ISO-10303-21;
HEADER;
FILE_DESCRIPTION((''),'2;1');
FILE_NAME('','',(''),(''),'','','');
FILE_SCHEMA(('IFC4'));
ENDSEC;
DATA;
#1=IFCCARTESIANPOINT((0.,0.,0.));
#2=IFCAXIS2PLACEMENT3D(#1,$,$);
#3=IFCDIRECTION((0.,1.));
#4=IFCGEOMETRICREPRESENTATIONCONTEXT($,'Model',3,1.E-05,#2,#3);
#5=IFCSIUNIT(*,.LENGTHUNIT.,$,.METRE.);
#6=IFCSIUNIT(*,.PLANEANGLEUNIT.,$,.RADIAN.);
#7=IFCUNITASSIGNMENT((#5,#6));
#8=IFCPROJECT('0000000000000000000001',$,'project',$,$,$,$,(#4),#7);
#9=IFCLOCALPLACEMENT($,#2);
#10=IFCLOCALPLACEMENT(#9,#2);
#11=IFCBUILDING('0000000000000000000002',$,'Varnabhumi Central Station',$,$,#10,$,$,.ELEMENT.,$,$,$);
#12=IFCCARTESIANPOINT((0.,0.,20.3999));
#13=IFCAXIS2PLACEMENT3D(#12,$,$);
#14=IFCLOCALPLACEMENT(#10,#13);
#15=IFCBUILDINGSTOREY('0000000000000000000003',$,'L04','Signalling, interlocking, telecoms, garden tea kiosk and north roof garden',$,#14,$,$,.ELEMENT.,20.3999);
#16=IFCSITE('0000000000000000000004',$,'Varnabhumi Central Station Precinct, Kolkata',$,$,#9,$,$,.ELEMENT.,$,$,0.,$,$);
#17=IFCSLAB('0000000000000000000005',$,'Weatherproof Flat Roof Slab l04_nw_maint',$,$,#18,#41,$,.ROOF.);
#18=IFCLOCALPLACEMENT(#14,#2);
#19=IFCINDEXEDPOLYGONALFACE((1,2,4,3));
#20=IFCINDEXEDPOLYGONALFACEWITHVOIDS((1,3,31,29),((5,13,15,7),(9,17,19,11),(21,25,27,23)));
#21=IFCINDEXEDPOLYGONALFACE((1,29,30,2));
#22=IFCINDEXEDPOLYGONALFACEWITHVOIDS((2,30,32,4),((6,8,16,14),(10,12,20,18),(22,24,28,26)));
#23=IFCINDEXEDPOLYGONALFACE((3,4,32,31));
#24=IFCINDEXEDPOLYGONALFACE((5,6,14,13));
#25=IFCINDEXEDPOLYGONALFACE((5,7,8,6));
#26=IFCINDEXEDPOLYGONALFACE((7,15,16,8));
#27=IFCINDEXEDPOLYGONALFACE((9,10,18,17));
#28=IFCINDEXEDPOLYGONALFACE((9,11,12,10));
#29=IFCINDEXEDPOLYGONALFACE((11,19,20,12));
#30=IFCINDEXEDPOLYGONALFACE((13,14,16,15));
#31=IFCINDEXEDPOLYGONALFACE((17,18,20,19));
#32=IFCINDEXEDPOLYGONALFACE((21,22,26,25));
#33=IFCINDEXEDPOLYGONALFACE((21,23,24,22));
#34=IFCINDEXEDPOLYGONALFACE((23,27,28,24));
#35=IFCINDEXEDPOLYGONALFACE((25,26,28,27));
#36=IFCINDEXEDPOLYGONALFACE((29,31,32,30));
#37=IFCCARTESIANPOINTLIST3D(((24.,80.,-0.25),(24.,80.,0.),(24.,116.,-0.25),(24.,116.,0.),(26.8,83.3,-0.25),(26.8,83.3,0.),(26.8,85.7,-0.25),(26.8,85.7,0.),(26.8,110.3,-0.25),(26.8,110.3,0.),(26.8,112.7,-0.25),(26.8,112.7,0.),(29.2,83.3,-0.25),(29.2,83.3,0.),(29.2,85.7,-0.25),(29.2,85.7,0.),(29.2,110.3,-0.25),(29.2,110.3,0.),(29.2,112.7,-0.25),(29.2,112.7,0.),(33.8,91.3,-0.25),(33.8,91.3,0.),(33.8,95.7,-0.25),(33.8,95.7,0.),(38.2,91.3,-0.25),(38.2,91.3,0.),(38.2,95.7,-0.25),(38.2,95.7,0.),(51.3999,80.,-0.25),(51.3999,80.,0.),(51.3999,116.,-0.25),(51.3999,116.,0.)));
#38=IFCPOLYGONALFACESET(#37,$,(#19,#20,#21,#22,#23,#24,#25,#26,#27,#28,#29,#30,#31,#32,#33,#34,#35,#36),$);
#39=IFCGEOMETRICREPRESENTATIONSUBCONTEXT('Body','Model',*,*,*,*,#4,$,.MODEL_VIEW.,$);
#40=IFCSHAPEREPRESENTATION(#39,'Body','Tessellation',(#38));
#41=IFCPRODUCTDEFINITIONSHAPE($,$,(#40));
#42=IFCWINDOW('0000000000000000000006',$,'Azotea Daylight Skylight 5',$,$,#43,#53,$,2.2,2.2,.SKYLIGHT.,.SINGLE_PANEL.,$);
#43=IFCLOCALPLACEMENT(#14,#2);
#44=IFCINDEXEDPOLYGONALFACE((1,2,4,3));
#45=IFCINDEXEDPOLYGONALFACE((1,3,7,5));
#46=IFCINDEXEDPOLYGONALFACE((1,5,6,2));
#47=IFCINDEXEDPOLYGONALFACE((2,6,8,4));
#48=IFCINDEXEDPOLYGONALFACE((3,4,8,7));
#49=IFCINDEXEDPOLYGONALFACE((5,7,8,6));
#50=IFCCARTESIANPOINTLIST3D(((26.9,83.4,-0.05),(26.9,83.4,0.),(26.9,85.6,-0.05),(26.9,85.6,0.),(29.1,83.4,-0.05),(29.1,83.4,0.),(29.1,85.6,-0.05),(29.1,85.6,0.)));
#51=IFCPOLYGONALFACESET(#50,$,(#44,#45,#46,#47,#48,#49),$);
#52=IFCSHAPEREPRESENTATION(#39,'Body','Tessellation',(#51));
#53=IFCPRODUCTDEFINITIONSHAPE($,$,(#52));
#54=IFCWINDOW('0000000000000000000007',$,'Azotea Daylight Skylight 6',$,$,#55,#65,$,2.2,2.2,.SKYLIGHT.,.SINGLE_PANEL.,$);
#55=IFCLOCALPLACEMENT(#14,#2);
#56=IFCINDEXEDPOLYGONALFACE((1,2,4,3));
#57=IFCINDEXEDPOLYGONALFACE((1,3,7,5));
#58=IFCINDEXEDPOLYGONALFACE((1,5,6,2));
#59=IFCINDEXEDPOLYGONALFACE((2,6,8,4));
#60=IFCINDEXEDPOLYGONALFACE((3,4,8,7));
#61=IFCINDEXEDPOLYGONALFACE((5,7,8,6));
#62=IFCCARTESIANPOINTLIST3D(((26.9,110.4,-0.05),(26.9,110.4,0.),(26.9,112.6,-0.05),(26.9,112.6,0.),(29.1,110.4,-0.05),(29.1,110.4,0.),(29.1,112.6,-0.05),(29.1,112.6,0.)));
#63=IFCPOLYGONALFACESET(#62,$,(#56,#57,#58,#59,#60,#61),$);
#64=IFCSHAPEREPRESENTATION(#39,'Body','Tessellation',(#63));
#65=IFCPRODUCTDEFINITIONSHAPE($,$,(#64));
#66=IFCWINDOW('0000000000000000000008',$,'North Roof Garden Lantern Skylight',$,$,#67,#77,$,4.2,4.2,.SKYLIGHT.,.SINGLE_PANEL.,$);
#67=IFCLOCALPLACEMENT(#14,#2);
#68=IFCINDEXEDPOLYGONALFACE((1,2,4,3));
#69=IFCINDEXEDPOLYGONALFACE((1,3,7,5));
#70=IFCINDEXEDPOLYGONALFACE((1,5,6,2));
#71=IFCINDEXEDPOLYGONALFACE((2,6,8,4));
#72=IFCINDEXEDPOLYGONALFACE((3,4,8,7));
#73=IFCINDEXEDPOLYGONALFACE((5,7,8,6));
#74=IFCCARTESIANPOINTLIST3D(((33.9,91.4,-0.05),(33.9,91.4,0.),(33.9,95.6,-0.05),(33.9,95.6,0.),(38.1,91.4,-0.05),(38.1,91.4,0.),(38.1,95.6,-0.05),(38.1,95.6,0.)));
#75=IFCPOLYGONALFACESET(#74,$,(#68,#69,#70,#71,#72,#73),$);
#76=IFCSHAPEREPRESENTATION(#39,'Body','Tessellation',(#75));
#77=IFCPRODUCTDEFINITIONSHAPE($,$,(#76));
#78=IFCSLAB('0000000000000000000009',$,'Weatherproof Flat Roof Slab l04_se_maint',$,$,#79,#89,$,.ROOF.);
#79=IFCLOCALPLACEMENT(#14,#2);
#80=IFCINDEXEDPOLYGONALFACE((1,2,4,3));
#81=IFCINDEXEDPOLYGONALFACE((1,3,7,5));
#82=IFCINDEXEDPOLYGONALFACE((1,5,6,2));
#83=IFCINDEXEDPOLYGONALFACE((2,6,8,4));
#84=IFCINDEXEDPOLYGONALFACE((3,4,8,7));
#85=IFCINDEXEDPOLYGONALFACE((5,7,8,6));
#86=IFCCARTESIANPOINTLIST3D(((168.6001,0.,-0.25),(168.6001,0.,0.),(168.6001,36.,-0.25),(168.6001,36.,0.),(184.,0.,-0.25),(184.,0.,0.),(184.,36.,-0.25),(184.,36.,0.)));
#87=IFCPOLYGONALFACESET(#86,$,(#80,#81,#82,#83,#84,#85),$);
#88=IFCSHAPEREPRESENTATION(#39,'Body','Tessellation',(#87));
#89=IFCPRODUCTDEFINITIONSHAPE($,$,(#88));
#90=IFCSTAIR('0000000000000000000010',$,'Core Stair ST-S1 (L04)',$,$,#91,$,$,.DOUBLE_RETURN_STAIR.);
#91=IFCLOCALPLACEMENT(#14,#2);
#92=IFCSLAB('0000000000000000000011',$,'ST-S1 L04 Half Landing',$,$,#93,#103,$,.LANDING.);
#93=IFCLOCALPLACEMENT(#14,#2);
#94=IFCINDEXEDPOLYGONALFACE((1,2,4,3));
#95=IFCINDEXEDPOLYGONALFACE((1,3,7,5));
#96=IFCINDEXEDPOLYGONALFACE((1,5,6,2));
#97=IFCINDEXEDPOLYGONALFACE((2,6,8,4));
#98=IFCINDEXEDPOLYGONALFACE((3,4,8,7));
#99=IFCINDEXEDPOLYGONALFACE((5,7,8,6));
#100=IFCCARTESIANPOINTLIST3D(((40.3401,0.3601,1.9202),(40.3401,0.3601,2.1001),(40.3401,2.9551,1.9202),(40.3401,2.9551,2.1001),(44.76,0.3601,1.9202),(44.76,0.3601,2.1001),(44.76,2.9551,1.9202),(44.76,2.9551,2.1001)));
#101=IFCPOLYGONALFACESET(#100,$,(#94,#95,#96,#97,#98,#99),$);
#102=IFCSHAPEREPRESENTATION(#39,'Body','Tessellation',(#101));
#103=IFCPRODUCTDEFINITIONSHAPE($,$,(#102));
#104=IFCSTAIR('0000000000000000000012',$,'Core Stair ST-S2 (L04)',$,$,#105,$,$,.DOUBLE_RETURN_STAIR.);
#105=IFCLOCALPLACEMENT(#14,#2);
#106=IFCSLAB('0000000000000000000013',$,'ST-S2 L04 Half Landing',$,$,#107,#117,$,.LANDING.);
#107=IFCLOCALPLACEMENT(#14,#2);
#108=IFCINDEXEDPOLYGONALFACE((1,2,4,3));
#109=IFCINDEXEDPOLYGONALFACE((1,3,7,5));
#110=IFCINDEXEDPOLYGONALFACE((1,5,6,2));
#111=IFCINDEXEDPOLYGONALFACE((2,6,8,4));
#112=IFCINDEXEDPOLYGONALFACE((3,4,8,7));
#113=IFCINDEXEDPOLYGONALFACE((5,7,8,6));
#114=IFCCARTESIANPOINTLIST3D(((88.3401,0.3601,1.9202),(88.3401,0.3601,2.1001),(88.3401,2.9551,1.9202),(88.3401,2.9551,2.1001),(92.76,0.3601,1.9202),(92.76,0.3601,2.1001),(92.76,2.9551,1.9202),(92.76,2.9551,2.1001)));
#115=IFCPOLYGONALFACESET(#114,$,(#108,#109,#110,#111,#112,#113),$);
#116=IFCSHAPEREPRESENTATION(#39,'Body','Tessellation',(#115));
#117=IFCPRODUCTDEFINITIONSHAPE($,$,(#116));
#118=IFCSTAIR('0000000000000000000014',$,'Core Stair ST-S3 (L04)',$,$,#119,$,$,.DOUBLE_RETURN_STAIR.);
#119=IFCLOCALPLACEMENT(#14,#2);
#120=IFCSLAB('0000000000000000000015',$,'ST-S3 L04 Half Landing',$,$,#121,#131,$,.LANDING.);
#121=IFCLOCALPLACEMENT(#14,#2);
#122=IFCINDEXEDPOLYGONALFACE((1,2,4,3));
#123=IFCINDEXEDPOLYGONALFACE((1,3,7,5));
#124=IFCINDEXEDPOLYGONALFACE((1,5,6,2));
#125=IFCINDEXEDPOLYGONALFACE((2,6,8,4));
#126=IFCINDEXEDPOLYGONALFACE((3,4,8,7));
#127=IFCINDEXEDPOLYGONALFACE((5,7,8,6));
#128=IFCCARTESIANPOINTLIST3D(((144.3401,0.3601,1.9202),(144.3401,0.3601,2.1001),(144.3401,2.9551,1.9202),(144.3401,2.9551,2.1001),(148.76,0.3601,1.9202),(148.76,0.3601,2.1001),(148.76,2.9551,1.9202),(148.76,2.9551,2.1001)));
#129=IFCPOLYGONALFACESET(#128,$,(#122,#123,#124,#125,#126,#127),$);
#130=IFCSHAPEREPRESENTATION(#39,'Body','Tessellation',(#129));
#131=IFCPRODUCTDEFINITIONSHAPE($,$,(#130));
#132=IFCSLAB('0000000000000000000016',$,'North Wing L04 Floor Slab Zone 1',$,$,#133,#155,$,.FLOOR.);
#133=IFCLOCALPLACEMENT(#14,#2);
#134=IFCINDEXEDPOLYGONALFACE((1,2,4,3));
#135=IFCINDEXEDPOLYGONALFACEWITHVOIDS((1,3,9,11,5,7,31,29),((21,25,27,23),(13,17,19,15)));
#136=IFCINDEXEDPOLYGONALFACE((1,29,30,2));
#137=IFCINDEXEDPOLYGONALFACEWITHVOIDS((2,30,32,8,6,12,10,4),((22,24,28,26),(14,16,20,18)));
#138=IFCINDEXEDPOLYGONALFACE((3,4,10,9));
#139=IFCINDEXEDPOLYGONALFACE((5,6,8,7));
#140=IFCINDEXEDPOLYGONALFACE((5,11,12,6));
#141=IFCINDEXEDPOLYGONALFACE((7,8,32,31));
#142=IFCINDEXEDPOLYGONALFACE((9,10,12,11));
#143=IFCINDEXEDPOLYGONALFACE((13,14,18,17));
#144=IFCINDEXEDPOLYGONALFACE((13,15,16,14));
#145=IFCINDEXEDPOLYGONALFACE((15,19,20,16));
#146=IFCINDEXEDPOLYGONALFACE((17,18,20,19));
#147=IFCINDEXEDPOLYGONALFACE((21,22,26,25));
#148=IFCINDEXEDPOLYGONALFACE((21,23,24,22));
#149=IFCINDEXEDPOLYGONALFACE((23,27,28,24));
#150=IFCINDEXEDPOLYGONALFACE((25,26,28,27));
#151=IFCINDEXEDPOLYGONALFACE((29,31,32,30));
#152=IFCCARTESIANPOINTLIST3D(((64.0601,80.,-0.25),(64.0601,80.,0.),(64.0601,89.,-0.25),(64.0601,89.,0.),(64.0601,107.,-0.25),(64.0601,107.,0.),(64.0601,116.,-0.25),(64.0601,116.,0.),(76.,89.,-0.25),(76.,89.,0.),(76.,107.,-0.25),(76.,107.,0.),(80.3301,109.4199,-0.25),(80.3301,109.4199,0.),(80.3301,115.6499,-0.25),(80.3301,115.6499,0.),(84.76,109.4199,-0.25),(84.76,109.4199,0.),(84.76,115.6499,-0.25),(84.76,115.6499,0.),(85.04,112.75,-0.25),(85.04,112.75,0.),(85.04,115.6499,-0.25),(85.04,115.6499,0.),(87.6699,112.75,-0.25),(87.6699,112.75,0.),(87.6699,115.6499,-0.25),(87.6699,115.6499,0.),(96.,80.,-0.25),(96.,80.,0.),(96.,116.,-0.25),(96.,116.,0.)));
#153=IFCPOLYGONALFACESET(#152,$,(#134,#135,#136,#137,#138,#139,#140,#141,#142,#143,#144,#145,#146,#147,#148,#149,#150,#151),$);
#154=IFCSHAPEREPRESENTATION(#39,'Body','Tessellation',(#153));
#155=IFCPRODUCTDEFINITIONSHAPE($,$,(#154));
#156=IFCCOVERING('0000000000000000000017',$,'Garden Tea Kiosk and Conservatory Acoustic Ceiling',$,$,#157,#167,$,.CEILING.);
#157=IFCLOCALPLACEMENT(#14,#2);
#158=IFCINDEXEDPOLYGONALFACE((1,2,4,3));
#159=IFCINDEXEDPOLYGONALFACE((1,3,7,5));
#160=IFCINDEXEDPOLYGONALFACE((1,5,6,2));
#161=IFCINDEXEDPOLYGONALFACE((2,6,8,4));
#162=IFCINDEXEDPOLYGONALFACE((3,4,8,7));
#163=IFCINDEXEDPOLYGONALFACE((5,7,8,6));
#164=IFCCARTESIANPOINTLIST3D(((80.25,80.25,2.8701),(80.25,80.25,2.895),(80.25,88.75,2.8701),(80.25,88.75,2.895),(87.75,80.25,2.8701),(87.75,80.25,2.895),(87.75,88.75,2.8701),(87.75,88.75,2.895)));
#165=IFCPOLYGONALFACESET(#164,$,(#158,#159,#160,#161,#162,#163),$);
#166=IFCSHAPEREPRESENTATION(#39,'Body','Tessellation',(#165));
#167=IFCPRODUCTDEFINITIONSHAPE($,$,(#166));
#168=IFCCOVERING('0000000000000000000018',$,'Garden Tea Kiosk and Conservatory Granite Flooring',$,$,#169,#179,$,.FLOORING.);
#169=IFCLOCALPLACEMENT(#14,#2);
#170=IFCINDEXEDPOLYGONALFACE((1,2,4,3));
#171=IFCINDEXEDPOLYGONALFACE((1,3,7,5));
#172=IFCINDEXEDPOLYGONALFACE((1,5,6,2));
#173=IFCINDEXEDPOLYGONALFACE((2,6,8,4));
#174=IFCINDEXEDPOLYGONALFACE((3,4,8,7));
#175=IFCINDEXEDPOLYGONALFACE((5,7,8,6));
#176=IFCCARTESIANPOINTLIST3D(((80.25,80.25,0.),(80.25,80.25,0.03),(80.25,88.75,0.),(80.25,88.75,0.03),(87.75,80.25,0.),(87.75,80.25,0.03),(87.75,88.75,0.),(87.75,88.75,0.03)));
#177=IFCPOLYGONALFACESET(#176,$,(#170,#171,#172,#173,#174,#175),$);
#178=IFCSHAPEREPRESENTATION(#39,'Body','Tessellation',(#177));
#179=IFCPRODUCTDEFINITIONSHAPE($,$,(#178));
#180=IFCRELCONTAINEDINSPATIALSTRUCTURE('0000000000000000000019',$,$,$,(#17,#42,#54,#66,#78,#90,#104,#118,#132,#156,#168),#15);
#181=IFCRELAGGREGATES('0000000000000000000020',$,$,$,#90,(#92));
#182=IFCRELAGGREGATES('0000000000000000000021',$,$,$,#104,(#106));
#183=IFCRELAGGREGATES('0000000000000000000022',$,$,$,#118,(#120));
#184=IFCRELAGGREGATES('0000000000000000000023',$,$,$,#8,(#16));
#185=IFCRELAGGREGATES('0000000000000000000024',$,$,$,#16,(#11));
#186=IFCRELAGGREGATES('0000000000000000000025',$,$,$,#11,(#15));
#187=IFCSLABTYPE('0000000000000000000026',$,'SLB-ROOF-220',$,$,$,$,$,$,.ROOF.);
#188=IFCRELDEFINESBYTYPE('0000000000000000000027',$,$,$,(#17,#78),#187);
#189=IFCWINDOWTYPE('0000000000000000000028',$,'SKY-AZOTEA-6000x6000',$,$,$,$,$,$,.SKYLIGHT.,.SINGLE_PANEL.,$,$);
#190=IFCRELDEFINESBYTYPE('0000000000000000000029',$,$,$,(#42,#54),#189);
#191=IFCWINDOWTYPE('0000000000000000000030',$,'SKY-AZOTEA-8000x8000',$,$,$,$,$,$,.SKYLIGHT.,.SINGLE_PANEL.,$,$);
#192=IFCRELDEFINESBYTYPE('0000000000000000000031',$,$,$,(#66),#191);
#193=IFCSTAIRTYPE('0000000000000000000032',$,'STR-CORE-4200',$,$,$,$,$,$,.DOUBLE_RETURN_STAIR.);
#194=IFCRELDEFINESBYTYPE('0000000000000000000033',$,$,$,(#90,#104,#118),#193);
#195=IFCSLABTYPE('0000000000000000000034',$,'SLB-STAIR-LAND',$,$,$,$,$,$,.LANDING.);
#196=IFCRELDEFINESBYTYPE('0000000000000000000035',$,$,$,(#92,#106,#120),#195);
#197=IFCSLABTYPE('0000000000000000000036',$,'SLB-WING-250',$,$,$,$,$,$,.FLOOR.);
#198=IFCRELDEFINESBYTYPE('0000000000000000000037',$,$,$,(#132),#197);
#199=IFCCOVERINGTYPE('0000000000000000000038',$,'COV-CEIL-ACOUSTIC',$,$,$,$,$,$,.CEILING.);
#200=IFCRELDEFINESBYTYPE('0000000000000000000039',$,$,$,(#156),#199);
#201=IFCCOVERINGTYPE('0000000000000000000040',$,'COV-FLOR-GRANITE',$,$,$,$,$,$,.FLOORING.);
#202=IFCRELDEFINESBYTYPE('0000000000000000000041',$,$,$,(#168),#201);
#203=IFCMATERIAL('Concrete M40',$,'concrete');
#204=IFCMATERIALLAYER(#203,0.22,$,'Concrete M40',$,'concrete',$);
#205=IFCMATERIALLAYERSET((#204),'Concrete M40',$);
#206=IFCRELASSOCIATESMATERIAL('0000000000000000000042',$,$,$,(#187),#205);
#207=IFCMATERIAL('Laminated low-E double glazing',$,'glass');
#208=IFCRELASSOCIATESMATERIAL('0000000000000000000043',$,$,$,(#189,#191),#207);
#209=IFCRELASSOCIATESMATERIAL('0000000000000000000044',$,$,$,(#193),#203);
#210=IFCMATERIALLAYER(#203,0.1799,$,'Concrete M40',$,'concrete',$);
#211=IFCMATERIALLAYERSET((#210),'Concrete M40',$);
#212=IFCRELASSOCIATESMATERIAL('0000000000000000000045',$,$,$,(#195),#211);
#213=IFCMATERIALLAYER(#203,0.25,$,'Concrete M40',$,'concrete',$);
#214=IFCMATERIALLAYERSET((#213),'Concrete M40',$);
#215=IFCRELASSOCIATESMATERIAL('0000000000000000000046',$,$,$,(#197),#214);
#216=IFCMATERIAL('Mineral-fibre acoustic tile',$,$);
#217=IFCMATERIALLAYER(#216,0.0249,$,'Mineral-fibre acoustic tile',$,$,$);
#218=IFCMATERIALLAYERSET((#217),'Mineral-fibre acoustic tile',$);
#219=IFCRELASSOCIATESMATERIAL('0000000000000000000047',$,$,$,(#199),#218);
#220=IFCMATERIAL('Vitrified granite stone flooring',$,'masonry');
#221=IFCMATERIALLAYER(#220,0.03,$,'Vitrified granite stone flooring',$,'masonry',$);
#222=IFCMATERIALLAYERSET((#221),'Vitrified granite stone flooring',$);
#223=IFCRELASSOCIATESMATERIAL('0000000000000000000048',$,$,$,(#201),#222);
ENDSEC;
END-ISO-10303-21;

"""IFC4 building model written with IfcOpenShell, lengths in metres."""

from ifc_helpers import new_model, si_unit, direction, frame, origin, origin_2d, place, context, subcontext, project, spatial, polyline, rectangle, outline, extrude, material, layer, layer_set, type_object, element, fill, aggregate, save


model = new_model("IFC4")

# Units and contexts
model_context = context("Model", 3, precision=1e-05, world=origin(), true_north=direction((0.0, 1.0)))
body_context = subcontext(model_context, "Body", "Model", "MODEL_VIEW")
ifc_project = project(units=[si_unit("LENGTHUNIT", "METRE"), si_unit("PLANEANGLEUNIT", "RADIAN")], contexts=[model_context])

# Site, building, storey
site_placement = place(None, origin())
site = spatial("IfcSite", under=ifc_project, at=site_placement, Name="Varnabhumi Central Station Precinct, Kolkata", CompositionType="ELEMENT", RefElevation=0.0)
building_placement = place(site_placement, origin())
building = spatial("IfcBuilding", under=site, at=building_placement, Name="Varnabhumi Central Station", CompositionType="ELEMENT")
storey_placement = place(building_placement, frame((0.0, 0.0, 20.3999)))
storey = spatial("IfcBuildingStorey", under=building, at=storey_placement, Name="L04", Description="Signalling, interlocking, telecoms, garden tea kiosk and north roof garden", CompositionType="ELEMENT", Elevation=20.3999)

# Shared definitions
ifc_material_1 = material(Name="Concrete M40", Category="concrete")
ifc_layer_1 = layer(ifc_material_1, 0.22, Name="Concrete M40", Category="concrete")
ifc_layer_set_1 = layer_set([ifc_layer_1], Name="Concrete M40")
slab_type_1 = type_object("IfcSlabType", Name="SLB-ROOF-220", PredefinedType="ROOF", material=ifc_layer_set_1)

# Slab, openings, windows
slab_1_placement = place(storey_placement, frame((0.0, 0.0, -0.25)))
slab_1 = element("IfcSlab", 1, at=slab_1_placement, inside=storey, type_object=slab_type_1, Name="Weatherproof Flat Roof Slab l04_nw_maint", PredefinedType="ROOF", context=body_context, shape_type="SweptSolid", body=[
    extrude(outline(polyline([(24.0, 80.0), (51.3999, 80.0), (51.3999, 116.0), (24.0, 116.0), (24.0, 80.0)]), holes=[polyline([(33.8, 91.3), (38.2, 91.3), (38.2, 95.7), (33.8, 95.7), (33.8, 91.3)]), polyline([(26.8, 83.3), (29.2, 83.3), (29.2, 85.7), (26.8, 85.7), (26.8, 83.3)]), polyline([(26.8, 110.3), (29.2, 110.3), (29.2, 112.7), (26.8, 112.7), (26.8, 110.3)])]), origin(), (0.0, 0.0, 1.0), 0.25),
])
opening_1_placement = place(slab_1_placement, frame((36.0, 93.5, 0.0)))
opening_1 = element("IfcOpeningElement", 2, at=opening_1_placement, cuts=slab_1, PredefinedType="OPENING", context=body_context, shape_type="SweptSolid", body=[
    extrude(rectangle(XDim=4.2, YDim=4.2, at=origin_2d()), frame((0.0, 0.0, -0.01)), (0.0, 0.0, 1.0), 0.27),
])
opening_2_placement = place(slab_1_placement, frame((28.0, 84.5, 0.0)))
opening_2 = element("IfcOpeningElement", 3, at=opening_2_placement, cuts=slab_1, PredefinedType="OPENING", context=body_context, shape_type="SweptSolid", body=[
    extrude(rectangle(XDim=2.2, YDim=2.2, at=origin_2d()), frame((0.0, 0.0, -0.01)), (0.0, 0.0, 1.0), 0.27),
])
opening_3_placement = place(slab_1_placement, frame((28.0, 111.5, 0.0)))
opening_3 = element("IfcOpeningElement", 4, at=opening_3_placement, cuts=slab_1, PredefinedType="OPENING", context=body_context, shape_type="SweptSolid", body=[
    extrude(rectangle(XDim=2.2, YDim=2.2, at=origin_2d()), frame((0.0, 0.0, -0.01)), (0.0, 0.0, 1.0), 0.27),
])
ifc_material_2 = material(Name="Laminated low-E double glazing", Category="glass")
window_type_1 = type_object("IfcWindowType", Name="SKY-AZOTEA-6000x6000", PartitioningType="SINGLE_PANEL", PredefinedType="SKYLIGHT", material=ifc_material_2)
window_1_placement = place(opening_2_placement, frame((0.0, 0.0, 0.2)))
window_1 = element("IfcWindow", 5, at=window_1_placement, inside=storey, type_object=window_type_1, Name="Azotea Daylight Skylight 5", OverallHeight=2.2, OverallWidth=2.2, PartitioningType="SINGLE_PANEL", PredefinedType="SKYLIGHT", context=body_context, shape_type="SweptSolid", body=[
    extrude(rectangle(XDim=2.2, YDim=2.2, at=origin_2d()), origin(), (0.0, 0.0, 1.0), 0.05),
])
fill(opening_2, window_1)
window_2_placement = place(opening_3_placement, frame((0.0, 0.0, 0.2)))
window_2 = element("IfcWindow", 6, at=window_2_placement, inside=storey, type_object=window_type_1, Name="Azotea Daylight Skylight 6", OverallHeight=2.2, OverallWidth=2.2, PartitioningType="SINGLE_PANEL", PredefinedType="SKYLIGHT", context=body_context, shape_type="SweptSolid", body=[
    extrude(rectangle(XDim=2.2, YDim=2.2, at=origin_2d()), origin(), (0.0, 0.0, 1.0), 0.05),
])
fill(opening_3, window_2)
window_type_2 = type_object("IfcWindowType", Name="SKY-AZOTEA-8000x8000", PartitioningType="SINGLE_PANEL", PredefinedType="SKYLIGHT", material=ifc_material_2)
window_3_placement = place(opening_1_placement, frame((0.0, 0.0, 0.2)))
window_3 = element("IfcWindow", 7, at=window_3_placement, inside=storey, type_object=window_type_2, Name="North Roof Garden Lantern Skylight", OverallHeight=4.2, OverallWidth=4.2, PartitioningType="SINGLE_PANEL", PredefinedType="SKYLIGHT", context=body_context, shape_type="SweptSolid", body=[
    extrude(rectangle(XDim=4.2, YDim=4.2, at=origin_2d()), origin(), (0.0, 0.0, 1.0), 0.05),
])
fill(opening_1, window_3)

# Slab
slab_2_placement = place(storey_placement, frame((0.0, 0.0, -0.25)))
element("IfcSlab", 8, at=slab_2_placement, inside=storey, type_object=slab_type_1, Name="Weatherproof Flat Roof Slab l04_se_maint", PredefinedType="ROOF", context=body_context, shape_type="SweptSolid", body=[
    extrude(outline(polyline([(168.6001, 0.0), (184.0, 0.0), (184.0, 36.0), (168.6001, 36.0), (168.6001, 0.0)])), origin(), (0.0, 0.0, 1.0), 0.25),
])

# Stairs, slabs
stair_type = type_object("IfcStairType", Name="STR-CORE-4200", PredefinedType="DOUBLE_RETURN_STAIR", material=ifc_material_1)
stair_1_placement = place(storey_placement, origin())
stair_1 = element("IfcStair", 9, at=stair_1_placement, inside=storey, type_object=stair_type, Name="Core Stair ST-S1 (L04)", PredefinedType="DOUBLE_RETURN_STAIR")
ifc_layer_2 = layer(ifc_material_1, 0.1799, Name="Concrete M40", Category="concrete")
ifc_layer_set_2 = layer_set([ifc_layer_2], Name="Concrete M40")
slab_type_2 = type_object("IfcSlabType", Name="SLB-STAIR-LAND", PredefinedType="LANDING", material=ifc_layer_set_2)
slab_3_placement = place(storey_placement, frame((0.0, 0.0, 1.9202)))
slab_3 = element("IfcSlab", 10, at=slab_3_placement, type_object=slab_type_2, Name="ST-S1 L04 Half Landing", PredefinedType="LANDING", context=body_context, shape_type="SweptSolid", body=[
    extrude(outline(polyline([(40.3401, 0.3601), (44.76, 0.3601), (44.76, 2.9551), (40.3401, 2.9551), (40.3401, 0.3601)])), origin(), (0.0, 0.0, 1.0), 0.1799),
])
aggregate(stair_1, [slab_3])
stair_2_placement = place(storey_placement, origin())
stair_2 = element("IfcStair", 11, at=stair_2_placement, inside=storey, type_object=stair_type, Name="Core Stair ST-S2 (L04)", PredefinedType="DOUBLE_RETURN_STAIR")
slab_4_placement = place(storey_placement, frame((0.0, 0.0, 1.9202)))
slab_4 = element("IfcSlab", 12, at=slab_4_placement, type_object=slab_type_2, Name="ST-S2 L04 Half Landing", PredefinedType="LANDING", context=body_context, shape_type="SweptSolid", body=[
    extrude(outline(polyline([(88.3401, 0.3601), (92.76, 0.3601), (92.76, 2.9551), (88.3401, 2.9551), (88.3401, 0.3601)])), origin(), (0.0, 0.0, 1.0), 0.1799),
])
aggregate(stair_2, [slab_4])
stair_3_placement = place(storey_placement, origin())
stair_3 = element("IfcStair", 13, at=stair_3_placement, inside=storey, type_object=stair_type, Name="Core Stair ST-S3 (L04)", PredefinedType="DOUBLE_RETURN_STAIR")
slab_5_placement = place(storey_placement, frame((0.0, 0.0, 1.9202)))
slab_5 = element("IfcSlab", 14, at=slab_5_placement, type_object=slab_type_2, Name="ST-S3 L04 Half Landing", PredefinedType="LANDING", context=body_context, shape_type="SweptSolid", body=[
    extrude(outline(polyline([(144.3401, 0.3601), (148.76, 0.3601), (148.76, 2.9551), (144.3401, 2.9551), (144.3401, 0.3601)])), origin(), (0.0, 0.0, 1.0), 0.1799),
])
aggregate(stair_3, [slab_5])

# Slab
ifc_layer_3 = layer(ifc_material_1, 0.25, Name="Concrete M40", Category="concrete")
ifc_layer_set_3 = layer_set([ifc_layer_3], Name="Concrete M40")
slab_type_3 = type_object("IfcSlabType", Name="SLB-WING-250", PredefinedType="FLOOR", material=ifc_layer_set_3)
slab_6_placement = place(storey_placement, frame((0.0, 0.0, -0.25)))
element("IfcSlab", 15, at=slab_6_placement, inside=storey, type_object=slab_type_3, Name="North Wing L04 Floor Slab Zone 1", PredefinedType="FLOOR", context=body_context, shape_type="SweptSolid", body=[
    extrude(outline(polyline([(64.0601, 80.0), (96.0, 80.0), (96.0, 116.0), (64.0601, 116.0), (64.0601, 107.0), (76.0, 107.0), (76.0, 89.0), (64.0601, 89.0), (64.0601, 80.0)]), holes=[polyline([(80.3301, 109.4199), (84.76, 109.4199), (84.76, 115.6499), (80.3301, 115.6499), (80.3301, 109.4199)]), polyline([(85.04, 112.75), (87.6699, 112.75), (87.6699, 115.6499), (85.04, 115.6499), (85.04, 112.75)])]), origin(), (0.0, 0.0, 1.0), 0.25),
])

# Coverings
ifc_material_3 = material(Name="Mineral-fibre acoustic tile")
ifc_layer_4 = layer(ifc_material_3, 0.0249, Name="Mineral-fibre acoustic tile")
ifc_layer_set_4 = layer_set([ifc_layer_4], Name="Mineral-fibre acoustic tile")
covering_type_1 = type_object("IfcCoveringType", Name="COV-CEIL-ACOUSTIC", PredefinedType="CEILING", material=ifc_layer_set_4)
covering_1_placement = place(storey_placement, frame((0.0, 0.0, 2.8701)))
element("IfcCovering", 16, at=covering_1_placement, inside=storey, type_object=covering_type_1, Name="Garden Tea Kiosk and Conservatory Acoustic Ceiling", PredefinedType="CEILING", context=body_context, shape_type="SweptSolid", body=[
    extrude(outline(polyline([(80.25, 80.25), (87.75, 80.25), (87.75, 88.75), (80.25, 88.75), (80.25, 80.25)])), origin(), (0.0, 0.0, 1.0), 0.0249),
])
ifc_material_4 = material(Name="Vitrified granite stone flooring", Category="masonry")
ifc_layer_5 = layer(ifc_material_4, 0.03, Name="Vitrified granite stone flooring", Category="masonry")
ifc_layer_set_5 = layer_set([ifc_layer_5], Name="Vitrified granite stone flooring")
covering_type_2 = type_object("IfcCoveringType", Name="COV-FLOR-GRANITE", PredefinedType="FLOORING", material=ifc_layer_set_5)
covering_2_placement = place(storey_placement, origin())
element("IfcCovering", 17, at=covering_2_placement, inside=storey, type_object=covering_type_2, Name="Garden Tea Kiosk and Conservatory Granite Flooring", PredefinedType="FLOORING", context=body_context, shape_type="SweptSolid", body=[
    extrude(outline(polyline([(80.25, 80.25), (87.75, 80.25), (87.75, 88.75), (80.25, 88.75), (80.25, 80.25)])), origin(), (0.0, 0.0, 1.0), 0.03),
])

save(model, "model.ifc")
